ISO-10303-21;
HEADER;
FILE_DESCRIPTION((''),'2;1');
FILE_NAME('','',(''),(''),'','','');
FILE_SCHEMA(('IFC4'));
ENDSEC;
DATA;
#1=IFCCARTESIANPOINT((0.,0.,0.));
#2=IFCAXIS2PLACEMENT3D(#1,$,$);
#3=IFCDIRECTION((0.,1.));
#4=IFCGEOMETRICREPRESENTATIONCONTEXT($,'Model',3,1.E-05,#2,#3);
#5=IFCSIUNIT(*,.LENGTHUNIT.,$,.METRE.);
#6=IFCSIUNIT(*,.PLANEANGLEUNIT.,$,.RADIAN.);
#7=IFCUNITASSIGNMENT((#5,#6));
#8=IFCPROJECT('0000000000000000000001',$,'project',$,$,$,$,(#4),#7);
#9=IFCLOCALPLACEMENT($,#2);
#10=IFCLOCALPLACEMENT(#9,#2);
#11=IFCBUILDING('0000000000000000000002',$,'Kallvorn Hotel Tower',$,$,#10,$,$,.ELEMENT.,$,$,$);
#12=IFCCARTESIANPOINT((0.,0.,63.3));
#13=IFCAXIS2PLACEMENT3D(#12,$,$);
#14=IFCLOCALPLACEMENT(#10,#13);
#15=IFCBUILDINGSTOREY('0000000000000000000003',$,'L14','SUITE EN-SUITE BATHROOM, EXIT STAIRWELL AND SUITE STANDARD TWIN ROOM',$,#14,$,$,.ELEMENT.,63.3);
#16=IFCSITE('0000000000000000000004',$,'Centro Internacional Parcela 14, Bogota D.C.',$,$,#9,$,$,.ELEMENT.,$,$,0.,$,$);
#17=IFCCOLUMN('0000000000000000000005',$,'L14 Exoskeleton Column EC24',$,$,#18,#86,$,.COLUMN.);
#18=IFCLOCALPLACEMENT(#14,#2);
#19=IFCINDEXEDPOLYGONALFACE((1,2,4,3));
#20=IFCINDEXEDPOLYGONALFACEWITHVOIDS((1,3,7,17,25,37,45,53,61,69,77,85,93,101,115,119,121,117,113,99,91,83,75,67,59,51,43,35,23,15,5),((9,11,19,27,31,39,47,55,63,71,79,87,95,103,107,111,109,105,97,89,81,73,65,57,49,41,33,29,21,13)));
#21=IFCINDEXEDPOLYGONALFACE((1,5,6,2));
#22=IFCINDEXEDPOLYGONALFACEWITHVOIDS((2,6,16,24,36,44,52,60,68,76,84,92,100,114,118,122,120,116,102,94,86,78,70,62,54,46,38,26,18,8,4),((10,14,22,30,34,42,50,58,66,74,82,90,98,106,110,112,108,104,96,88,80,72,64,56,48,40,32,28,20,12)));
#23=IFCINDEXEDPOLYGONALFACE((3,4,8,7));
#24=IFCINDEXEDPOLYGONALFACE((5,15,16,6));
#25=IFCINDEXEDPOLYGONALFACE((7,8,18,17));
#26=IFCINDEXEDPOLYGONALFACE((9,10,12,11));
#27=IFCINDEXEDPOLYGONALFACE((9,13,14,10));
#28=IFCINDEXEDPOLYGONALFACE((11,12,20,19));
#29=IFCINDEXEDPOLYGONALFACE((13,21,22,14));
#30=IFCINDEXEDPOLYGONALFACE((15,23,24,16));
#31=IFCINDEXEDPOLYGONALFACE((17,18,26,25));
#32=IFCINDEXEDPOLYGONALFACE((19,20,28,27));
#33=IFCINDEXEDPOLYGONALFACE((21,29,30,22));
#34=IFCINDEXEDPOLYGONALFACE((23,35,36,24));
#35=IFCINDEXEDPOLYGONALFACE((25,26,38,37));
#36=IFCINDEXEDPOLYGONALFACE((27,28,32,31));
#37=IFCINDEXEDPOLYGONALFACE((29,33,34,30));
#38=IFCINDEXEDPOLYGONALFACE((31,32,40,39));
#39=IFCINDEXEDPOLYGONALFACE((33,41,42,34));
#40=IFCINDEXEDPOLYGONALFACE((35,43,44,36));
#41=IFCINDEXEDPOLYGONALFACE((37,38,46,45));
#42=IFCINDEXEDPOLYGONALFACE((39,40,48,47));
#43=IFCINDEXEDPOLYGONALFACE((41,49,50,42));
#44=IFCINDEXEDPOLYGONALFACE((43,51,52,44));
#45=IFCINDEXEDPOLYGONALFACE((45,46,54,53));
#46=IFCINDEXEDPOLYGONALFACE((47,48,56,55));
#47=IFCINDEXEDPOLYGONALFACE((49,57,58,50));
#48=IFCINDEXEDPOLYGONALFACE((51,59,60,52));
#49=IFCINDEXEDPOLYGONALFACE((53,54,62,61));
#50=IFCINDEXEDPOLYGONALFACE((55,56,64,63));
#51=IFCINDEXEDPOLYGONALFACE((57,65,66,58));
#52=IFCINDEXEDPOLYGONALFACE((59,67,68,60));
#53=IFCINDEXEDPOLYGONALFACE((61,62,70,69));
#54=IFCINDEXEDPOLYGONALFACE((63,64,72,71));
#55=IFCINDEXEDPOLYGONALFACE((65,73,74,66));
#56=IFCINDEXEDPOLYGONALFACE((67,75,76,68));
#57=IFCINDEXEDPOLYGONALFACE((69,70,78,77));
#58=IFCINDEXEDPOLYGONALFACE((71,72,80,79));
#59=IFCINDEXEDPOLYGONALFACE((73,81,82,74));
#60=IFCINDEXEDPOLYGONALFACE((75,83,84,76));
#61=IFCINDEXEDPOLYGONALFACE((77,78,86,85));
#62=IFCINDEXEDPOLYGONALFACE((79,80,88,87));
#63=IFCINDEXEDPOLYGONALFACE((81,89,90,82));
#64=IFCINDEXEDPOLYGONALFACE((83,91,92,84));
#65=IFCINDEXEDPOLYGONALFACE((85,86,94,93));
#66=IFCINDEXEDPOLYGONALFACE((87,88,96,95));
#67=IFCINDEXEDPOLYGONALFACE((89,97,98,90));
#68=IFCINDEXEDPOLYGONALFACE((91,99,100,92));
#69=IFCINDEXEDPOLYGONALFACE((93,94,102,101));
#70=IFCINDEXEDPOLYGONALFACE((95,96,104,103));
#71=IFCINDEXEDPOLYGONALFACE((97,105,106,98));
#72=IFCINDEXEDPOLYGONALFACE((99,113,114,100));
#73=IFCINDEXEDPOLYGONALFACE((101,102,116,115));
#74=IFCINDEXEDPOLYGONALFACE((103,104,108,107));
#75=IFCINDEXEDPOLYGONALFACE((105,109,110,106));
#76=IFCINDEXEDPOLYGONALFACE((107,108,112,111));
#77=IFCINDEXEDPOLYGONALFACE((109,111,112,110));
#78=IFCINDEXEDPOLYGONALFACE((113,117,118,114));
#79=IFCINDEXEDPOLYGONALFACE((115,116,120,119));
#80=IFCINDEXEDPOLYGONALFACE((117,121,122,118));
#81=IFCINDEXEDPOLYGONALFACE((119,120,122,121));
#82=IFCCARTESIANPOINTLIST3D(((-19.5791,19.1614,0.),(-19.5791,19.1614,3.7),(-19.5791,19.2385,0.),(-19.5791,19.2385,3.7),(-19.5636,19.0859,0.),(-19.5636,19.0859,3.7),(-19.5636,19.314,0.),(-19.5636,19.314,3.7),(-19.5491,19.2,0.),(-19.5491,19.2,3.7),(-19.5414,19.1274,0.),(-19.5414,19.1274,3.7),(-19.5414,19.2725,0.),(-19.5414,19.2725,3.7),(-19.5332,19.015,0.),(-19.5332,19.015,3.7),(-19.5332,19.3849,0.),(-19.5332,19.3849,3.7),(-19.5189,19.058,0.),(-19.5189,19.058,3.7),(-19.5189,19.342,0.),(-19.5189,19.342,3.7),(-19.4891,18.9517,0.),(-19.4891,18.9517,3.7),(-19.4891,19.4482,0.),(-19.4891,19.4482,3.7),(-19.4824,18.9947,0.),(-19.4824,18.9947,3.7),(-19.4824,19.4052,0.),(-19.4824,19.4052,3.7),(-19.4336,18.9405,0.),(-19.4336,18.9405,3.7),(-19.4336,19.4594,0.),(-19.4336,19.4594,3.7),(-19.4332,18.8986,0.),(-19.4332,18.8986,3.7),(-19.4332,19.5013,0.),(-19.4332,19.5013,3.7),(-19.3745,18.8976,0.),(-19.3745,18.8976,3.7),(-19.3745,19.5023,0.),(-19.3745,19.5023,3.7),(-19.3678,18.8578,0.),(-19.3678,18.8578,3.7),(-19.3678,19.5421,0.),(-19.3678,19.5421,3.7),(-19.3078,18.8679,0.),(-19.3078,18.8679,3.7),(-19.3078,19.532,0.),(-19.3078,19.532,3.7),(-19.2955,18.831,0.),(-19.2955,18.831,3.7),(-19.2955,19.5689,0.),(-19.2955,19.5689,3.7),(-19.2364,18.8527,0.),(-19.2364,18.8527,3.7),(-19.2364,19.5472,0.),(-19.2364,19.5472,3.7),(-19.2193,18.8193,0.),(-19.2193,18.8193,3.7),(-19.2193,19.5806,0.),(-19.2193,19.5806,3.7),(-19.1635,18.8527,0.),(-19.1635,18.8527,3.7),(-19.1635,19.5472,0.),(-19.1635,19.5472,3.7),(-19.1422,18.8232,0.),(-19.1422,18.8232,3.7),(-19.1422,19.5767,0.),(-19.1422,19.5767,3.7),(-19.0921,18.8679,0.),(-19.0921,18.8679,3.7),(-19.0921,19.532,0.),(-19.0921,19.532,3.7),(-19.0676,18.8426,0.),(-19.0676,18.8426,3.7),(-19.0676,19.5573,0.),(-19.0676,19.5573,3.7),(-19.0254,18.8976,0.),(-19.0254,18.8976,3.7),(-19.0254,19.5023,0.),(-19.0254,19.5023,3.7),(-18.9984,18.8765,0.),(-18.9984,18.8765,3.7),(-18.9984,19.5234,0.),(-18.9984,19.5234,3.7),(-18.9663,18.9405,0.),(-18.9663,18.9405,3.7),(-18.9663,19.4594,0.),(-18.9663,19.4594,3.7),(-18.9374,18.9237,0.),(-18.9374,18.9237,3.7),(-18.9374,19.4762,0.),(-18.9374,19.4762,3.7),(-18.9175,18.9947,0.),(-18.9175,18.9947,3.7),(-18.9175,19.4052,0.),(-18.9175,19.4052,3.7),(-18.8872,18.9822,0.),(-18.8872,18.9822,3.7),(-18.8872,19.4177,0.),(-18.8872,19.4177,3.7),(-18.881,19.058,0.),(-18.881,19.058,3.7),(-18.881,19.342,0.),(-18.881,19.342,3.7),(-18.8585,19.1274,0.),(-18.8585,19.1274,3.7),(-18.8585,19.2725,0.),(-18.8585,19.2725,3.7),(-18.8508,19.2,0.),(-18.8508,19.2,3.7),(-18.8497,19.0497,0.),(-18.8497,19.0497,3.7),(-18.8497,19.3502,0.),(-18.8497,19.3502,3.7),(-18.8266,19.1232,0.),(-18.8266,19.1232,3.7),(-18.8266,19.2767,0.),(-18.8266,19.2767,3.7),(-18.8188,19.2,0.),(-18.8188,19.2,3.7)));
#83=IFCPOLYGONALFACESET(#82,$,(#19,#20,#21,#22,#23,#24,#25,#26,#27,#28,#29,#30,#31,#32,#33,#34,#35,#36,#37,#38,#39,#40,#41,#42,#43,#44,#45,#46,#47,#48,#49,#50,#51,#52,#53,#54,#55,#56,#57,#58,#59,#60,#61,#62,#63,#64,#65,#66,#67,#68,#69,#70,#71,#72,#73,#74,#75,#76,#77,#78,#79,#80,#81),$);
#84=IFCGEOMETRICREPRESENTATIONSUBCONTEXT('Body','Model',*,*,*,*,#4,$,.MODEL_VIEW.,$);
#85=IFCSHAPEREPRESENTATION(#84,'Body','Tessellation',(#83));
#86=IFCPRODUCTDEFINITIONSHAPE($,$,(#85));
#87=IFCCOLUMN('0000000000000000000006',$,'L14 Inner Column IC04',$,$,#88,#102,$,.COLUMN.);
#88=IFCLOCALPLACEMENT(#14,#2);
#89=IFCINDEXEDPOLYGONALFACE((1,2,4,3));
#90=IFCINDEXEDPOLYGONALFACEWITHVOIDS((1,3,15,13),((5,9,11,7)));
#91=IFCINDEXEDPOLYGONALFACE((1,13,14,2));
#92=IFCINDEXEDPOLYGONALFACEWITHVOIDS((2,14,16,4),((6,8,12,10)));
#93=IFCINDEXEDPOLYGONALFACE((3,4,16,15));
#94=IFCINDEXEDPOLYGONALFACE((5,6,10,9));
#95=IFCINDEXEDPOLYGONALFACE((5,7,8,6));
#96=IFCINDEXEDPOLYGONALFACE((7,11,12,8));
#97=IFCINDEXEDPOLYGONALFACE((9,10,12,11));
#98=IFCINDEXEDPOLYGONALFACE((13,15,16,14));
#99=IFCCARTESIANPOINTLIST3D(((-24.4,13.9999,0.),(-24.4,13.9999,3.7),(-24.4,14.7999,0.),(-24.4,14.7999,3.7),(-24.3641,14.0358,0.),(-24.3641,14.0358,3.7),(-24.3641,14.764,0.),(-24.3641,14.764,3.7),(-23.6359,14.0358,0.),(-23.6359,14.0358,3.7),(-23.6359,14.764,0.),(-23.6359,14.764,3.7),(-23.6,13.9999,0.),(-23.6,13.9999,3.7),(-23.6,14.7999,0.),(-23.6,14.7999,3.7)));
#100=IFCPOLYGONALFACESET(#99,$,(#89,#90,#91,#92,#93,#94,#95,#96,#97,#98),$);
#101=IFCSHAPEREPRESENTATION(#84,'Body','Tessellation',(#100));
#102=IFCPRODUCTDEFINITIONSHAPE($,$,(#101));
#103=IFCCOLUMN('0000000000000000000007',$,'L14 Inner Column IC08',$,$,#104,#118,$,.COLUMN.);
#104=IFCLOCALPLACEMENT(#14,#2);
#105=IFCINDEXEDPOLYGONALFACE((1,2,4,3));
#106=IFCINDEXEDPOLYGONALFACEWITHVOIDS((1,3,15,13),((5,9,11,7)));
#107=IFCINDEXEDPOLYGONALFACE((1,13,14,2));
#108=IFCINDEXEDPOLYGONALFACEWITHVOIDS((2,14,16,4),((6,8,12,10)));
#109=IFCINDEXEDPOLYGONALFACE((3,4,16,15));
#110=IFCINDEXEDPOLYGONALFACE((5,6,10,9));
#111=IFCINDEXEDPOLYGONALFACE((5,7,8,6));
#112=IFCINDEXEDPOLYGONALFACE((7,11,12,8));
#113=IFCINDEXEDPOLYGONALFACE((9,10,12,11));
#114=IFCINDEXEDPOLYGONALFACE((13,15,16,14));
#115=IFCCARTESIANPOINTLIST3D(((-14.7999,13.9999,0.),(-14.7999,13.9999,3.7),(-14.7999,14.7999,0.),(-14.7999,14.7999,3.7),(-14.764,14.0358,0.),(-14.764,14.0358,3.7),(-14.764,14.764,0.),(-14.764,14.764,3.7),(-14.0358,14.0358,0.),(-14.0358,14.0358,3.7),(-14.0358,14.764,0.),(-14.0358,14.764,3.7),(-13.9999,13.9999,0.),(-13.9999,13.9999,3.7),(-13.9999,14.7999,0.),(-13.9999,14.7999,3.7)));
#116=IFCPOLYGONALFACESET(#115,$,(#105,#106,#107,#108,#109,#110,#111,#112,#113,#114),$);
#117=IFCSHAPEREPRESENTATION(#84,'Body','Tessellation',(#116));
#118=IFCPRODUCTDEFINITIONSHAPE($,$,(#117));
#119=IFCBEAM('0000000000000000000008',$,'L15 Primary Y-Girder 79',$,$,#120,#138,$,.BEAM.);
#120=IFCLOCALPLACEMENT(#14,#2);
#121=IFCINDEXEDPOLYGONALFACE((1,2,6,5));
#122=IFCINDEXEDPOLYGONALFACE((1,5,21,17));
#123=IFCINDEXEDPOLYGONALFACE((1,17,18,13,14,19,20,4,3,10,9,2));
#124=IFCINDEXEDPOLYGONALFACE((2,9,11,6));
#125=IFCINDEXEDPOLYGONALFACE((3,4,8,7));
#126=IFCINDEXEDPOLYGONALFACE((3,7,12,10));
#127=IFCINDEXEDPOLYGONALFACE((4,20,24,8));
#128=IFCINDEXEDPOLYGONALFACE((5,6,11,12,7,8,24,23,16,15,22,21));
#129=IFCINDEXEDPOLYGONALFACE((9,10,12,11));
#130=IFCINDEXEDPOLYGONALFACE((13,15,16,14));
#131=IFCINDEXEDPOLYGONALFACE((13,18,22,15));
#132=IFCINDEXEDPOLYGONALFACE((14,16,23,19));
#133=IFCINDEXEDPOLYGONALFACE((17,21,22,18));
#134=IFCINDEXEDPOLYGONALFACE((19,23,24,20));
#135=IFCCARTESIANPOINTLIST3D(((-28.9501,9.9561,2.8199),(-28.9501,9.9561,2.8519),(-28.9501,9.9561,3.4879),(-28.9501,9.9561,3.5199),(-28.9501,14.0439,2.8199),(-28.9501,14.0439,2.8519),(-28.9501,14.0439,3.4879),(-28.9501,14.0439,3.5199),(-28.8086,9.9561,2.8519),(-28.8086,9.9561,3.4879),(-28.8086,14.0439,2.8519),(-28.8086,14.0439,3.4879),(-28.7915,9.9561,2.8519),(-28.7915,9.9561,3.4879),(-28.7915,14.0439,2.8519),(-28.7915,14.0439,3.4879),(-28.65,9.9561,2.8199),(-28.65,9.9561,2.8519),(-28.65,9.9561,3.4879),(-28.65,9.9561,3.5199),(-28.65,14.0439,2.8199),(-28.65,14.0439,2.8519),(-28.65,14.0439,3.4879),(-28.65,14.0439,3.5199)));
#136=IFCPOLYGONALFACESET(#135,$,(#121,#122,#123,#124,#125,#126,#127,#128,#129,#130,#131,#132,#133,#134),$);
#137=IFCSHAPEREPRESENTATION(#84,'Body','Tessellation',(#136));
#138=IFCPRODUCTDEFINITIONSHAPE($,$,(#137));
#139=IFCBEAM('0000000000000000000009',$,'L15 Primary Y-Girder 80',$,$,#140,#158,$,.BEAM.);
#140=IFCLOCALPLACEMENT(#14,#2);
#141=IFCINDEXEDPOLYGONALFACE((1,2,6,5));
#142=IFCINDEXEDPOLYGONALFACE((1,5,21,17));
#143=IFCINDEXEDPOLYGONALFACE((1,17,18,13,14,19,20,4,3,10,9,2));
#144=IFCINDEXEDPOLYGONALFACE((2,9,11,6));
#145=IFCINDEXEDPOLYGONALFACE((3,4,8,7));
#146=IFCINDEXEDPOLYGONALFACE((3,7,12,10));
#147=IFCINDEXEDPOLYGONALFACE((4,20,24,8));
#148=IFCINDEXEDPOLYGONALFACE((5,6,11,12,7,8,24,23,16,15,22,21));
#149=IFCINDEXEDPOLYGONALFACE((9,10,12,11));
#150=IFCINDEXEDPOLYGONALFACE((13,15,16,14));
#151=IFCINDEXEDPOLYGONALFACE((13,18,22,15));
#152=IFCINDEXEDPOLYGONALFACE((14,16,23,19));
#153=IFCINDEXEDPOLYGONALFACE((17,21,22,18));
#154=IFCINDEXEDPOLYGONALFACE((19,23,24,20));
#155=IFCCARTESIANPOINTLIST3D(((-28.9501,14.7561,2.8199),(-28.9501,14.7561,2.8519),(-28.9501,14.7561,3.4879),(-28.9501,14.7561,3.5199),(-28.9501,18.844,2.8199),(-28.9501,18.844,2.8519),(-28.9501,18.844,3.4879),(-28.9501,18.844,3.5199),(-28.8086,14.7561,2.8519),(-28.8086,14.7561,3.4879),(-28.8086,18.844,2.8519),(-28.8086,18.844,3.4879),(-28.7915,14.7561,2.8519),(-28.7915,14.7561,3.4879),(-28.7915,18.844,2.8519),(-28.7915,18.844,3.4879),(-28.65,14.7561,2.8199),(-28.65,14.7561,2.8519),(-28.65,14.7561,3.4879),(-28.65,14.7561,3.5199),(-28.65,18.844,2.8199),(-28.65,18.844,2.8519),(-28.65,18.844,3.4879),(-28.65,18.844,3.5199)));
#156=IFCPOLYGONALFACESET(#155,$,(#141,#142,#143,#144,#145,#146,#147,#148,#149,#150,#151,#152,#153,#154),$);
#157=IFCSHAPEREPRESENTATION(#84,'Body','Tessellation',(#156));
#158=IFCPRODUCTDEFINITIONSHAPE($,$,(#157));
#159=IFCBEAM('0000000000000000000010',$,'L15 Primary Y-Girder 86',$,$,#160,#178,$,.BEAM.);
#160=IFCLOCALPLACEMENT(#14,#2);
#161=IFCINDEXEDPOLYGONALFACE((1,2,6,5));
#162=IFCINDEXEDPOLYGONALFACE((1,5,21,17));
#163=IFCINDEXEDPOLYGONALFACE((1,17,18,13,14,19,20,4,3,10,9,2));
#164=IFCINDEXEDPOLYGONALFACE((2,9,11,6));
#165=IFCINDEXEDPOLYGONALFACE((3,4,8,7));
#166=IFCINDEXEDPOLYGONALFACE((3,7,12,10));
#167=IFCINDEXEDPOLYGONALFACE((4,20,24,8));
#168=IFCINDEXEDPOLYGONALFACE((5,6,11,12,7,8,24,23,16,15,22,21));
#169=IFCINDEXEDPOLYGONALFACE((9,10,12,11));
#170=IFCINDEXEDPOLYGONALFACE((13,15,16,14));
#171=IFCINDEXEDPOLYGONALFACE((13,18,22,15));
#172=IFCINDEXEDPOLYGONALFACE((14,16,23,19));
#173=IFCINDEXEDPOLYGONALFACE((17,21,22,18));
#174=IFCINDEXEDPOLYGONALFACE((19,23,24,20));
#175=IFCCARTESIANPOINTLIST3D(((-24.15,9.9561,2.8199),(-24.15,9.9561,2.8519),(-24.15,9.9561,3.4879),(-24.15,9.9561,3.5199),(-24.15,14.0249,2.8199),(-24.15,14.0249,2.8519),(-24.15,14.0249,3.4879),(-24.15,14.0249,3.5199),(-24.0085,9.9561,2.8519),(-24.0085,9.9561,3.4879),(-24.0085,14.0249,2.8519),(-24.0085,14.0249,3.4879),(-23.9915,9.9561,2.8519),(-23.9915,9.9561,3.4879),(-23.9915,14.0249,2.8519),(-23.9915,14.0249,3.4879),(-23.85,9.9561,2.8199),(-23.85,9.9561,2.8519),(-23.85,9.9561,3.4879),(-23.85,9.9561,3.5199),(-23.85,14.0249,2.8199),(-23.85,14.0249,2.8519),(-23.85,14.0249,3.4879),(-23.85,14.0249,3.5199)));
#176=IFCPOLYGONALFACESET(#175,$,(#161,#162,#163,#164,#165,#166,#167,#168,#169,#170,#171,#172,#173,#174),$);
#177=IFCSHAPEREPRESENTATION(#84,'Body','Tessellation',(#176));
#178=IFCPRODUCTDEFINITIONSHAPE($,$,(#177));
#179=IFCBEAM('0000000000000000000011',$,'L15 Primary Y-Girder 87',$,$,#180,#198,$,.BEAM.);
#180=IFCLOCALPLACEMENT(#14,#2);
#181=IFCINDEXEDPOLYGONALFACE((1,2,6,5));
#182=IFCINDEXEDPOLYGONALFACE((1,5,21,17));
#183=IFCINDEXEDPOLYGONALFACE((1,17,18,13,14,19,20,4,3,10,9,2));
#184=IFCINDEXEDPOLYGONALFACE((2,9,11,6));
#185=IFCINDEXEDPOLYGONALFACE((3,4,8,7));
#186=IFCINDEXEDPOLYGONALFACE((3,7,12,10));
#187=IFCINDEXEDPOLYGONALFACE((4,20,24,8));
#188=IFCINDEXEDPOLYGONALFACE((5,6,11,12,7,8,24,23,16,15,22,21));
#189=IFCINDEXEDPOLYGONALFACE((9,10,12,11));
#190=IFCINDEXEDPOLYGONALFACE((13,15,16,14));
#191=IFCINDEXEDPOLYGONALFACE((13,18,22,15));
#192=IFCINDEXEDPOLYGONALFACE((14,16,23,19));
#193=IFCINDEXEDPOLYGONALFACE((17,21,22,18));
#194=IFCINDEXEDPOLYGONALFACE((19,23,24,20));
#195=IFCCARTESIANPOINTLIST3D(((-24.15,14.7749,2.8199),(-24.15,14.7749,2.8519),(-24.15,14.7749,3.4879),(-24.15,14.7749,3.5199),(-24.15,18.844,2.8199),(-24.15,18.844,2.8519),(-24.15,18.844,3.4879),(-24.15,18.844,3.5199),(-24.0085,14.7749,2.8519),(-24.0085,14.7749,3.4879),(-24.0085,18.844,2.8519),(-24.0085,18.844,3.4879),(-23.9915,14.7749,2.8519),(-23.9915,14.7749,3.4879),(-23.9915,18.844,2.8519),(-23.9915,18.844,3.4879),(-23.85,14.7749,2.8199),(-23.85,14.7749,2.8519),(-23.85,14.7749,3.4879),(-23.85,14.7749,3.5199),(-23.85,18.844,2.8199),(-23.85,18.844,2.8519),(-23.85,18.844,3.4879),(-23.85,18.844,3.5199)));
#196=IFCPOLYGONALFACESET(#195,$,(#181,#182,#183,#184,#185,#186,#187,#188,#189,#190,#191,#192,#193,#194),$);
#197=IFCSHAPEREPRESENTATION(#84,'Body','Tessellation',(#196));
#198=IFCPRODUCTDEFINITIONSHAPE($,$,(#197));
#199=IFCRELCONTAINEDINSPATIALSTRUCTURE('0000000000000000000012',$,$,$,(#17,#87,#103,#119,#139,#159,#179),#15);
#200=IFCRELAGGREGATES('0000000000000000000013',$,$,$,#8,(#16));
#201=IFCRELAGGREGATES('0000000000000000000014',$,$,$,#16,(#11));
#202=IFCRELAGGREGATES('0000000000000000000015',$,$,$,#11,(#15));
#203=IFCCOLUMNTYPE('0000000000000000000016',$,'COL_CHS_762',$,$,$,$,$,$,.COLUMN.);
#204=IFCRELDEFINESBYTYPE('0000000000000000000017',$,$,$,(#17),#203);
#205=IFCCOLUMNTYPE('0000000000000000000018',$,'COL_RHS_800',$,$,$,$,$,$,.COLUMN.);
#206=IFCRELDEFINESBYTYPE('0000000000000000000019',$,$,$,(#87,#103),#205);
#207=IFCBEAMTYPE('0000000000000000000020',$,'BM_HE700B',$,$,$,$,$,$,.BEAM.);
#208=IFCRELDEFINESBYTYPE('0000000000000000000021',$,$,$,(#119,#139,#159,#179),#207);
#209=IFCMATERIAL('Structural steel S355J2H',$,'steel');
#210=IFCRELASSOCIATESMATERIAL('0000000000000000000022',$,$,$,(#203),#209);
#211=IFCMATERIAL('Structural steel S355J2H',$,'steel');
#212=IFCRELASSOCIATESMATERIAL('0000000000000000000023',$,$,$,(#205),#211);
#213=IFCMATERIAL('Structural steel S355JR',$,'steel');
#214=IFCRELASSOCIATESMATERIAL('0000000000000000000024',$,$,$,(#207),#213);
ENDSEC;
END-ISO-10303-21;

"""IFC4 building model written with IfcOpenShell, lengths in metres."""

from ifc_helpers import new_model, si_unit, direction, frame, origin, origin_2d, place, context, subcontext, project, spatial, hollow_rectangle, hollow_circle, i_section, extrude, material, material_profile, profile_set, type_object, element, save


model = new_model("IFC4")

# Units and contexts
model_context = context("Model", 3, precision=1e-05, world=origin(), true_north=direction((0.0, 1.0)))
body_context = subcontext(model_context, "Body", "Model", "MODEL_VIEW")
ifc_project = project(units=[si_unit("LENGTHUNIT", "METRE"), si_unit("PLANEANGLEUNIT", "RADIAN")], contexts=[model_context])

# Site, building, storey
site_placement = place(None, origin())
site = spatial("IfcSite", under=ifc_project, at=site_placement, Name="Centro Internacional Parcela 14, Bogota D.C.", CompositionType="ELEMENT", RefElevation=0.0)
building_placement = place(site_placement, origin())
building = spatial("IfcBuilding", under=site, at=building_placement, Name="Kallvorn Hotel Tower", CompositionType="ELEMENT")
storey_placement = place(building_placement, frame((0.0, 0.0, 63.3)))
storey = spatial("IfcBuildingStorey", under=building, at=storey_placement, Name="L14", Description="SUITE EN-SUITE BATHROOM, EXIT STAIRWELL AND SUITE STANDARD TWIN ROOM", CompositionType="ELEMENT", Elevation=63.3)

# Columns
ifc_material_1 = material(Name="Structural steel S355J2H", Category="steel")
ifc_material_profile_1 = material_profile(ifc_material_1, hollow_circle(Radius=0.3811, WallThickness=0.032, at=origin_2d()), Name="CHS 762x32")
ifc_profile_set_1 = profile_set([ifc_material_profile_1], Name="Structural steel S355J2H")
column_type_1 = type_object("IfcColumnType", Name="COL_CHS_762", PredefinedType="COLUMN", material=ifc_profile_set_1)
for number, where, z_axis, x_axis, name in (
    (1, (-19.2, 19.2, 0.0), (0.0, 0.0, 1.0), (1.0, 0.0, 0.0), "L14 Exoskeleton Column EC24"),
):
    element("IfcColumn", number, at=place(storey_placement, frame(where, z_axis=z_axis, x_axis=x_axis)), inside=storey, type_object=column_type_1, Name=name, PredefinedType="COLUMN", context=body_context, shape_type="SweptSolid", body=[
        extrude(hollow_circle(Radius=0.3811, WallThickness=0.032, at=origin_2d()), origin(), (0.0, 0.0, 1.0), 3.7),
    ])
ifc_material_2 = material(Name="Structural steel S355J2H", Category="steel")
ifc_material_profile_2 = material_profile(ifc_material_2, hollow_rectangle(XDim=0.8, YDim=0.8, WallThickness=0.0359, at=origin_2d()), Name="RHS 800x800x36")
ifc_profile_set_2 = profile_set([ifc_material_profile_2], Name="Structural steel S355J2H")
column_type_2 = type_object("IfcColumnType", Name="COL_RHS_800", PredefinedType="COLUMN", material=ifc_profile_set_2)
for number, where, z_axis, x_axis, name in (
    (2, (-24.0, 14.3999, 0.0), (0.0, 0.0, 1.0), (1.0, 0.0, 0.0), "L14 Inner Column IC04"),
    (3, (-14.3999, 14.3999, 0.0), (0.0, 0.0, 1.0), (1.0, 0.0, 0.0), "L14 Inner Column IC08"),
):
    element("IfcColumn", number, at=place(storey_placement, frame(where, z_axis=z_axis, x_axis=x_axis)), inside=storey, type_object=column_type_2, Name=name, PredefinedType="COLUMN", context=body_context, shape_type="SweptSolid", body=[
        extrude(hollow_rectangle(XDim=0.8, YDim=0.8, WallThickness=0.0359, at=origin_2d()), origin(), (0.0, 0.0, 1.0), 3.7),
    ])

# Beams
ifc_material_3 = material(Name="Structural steel S355JR", Category="steel")
ifc_material_profile_3 = material_profile(ifc_material_3, i_section(OverallWidth=0.3, OverallDepth=0.7, WebThickness=0.0171, FlangeThickness=0.032, at=origin_2d()), Name="HE 700 B")
ifc_profile_set_3 = profile_set([ifc_material_profile_3], Name="Structural steel S355JR")
beam_type_1 = type_object("IfcBeamType", Name="BM_HE700B", PredefinedType="BEAM", material=ifc_profile_set_3)
for number, where, z_axis, x_axis, name in (
    (4, (-28.8, 9.9561, 3.1699), (0.0, 1.0, 0.0), (-1.0, 0.0, 0.0), "L15 Primary Y-Girder 79"),
    (5, (-28.8, 14.7561, 3.1699), (0.0, 1.0, 0.0), (-1.0, 0.0, 0.0), "L15 Primary Y-Girder 80"),
):
    element("IfcBeam", number, at=place(storey_placement, frame(where, z_axis=z_axis, x_axis=x_axis)), inside=storey, type_object=beam_type_1, Name=name, PredefinedType="BEAM", context=body_context, shape_type="SweptSolid", body=[
        extrude(i_section(OverallWidth=0.3, OverallDepth=0.7, WebThickness=0.0171, FlangeThickness=0.032, at=origin_2d()), origin(), (0.0, 0.0, 1.0), 4.0879),
    ])
beam_1_placement = place(storey_placement, frame((-24.0, 9.9561, 3.1699), z_axis=(0.0, 1.0, 0.0), x_axis=(-1.0, 0.0, 0.0)))
element("IfcBeam", 6, at=beam_1_placement, inside=storey, type_object=beam_type_1, Name="L15 Primary Y-Girder 86", PredefinedType="BEAM", context=body_context, shape_type="SweptSolid", body=[
    extrude(i_section(OverallWidth=0.3, OverallDepth=0.7, WebThickness=0.0171, FlangeThickness=0.032, at=origin_2d()), origin(), (0.0, 0.0, 1.0), 4.0688),
])
beam_2_placement = place(storey_placement, frame((-24.0, 14.7749, 3.1699), z_axis=(0.0, 1.0, 0.0), x_axis=(-1.0, 0.0, 0.0)))
element("IfcBeam", 7, at=beam_2_placement, inside=storey, type_object=beam_type_1, Name="L15 Primary Y-Girder 87", PredefinedType="BEAM", context=body_context, shape_type="SweptSolid", body=[
    extrude(i_section(OverallWidth=0.3, OverallDepth=0.7, WebThickness=0.0171, FlangeThickness=0.032, at=origin_2d()), origin(), (0.0, 0.0, 1.0), 4.0691),
])

save(model, "model.ifc")
